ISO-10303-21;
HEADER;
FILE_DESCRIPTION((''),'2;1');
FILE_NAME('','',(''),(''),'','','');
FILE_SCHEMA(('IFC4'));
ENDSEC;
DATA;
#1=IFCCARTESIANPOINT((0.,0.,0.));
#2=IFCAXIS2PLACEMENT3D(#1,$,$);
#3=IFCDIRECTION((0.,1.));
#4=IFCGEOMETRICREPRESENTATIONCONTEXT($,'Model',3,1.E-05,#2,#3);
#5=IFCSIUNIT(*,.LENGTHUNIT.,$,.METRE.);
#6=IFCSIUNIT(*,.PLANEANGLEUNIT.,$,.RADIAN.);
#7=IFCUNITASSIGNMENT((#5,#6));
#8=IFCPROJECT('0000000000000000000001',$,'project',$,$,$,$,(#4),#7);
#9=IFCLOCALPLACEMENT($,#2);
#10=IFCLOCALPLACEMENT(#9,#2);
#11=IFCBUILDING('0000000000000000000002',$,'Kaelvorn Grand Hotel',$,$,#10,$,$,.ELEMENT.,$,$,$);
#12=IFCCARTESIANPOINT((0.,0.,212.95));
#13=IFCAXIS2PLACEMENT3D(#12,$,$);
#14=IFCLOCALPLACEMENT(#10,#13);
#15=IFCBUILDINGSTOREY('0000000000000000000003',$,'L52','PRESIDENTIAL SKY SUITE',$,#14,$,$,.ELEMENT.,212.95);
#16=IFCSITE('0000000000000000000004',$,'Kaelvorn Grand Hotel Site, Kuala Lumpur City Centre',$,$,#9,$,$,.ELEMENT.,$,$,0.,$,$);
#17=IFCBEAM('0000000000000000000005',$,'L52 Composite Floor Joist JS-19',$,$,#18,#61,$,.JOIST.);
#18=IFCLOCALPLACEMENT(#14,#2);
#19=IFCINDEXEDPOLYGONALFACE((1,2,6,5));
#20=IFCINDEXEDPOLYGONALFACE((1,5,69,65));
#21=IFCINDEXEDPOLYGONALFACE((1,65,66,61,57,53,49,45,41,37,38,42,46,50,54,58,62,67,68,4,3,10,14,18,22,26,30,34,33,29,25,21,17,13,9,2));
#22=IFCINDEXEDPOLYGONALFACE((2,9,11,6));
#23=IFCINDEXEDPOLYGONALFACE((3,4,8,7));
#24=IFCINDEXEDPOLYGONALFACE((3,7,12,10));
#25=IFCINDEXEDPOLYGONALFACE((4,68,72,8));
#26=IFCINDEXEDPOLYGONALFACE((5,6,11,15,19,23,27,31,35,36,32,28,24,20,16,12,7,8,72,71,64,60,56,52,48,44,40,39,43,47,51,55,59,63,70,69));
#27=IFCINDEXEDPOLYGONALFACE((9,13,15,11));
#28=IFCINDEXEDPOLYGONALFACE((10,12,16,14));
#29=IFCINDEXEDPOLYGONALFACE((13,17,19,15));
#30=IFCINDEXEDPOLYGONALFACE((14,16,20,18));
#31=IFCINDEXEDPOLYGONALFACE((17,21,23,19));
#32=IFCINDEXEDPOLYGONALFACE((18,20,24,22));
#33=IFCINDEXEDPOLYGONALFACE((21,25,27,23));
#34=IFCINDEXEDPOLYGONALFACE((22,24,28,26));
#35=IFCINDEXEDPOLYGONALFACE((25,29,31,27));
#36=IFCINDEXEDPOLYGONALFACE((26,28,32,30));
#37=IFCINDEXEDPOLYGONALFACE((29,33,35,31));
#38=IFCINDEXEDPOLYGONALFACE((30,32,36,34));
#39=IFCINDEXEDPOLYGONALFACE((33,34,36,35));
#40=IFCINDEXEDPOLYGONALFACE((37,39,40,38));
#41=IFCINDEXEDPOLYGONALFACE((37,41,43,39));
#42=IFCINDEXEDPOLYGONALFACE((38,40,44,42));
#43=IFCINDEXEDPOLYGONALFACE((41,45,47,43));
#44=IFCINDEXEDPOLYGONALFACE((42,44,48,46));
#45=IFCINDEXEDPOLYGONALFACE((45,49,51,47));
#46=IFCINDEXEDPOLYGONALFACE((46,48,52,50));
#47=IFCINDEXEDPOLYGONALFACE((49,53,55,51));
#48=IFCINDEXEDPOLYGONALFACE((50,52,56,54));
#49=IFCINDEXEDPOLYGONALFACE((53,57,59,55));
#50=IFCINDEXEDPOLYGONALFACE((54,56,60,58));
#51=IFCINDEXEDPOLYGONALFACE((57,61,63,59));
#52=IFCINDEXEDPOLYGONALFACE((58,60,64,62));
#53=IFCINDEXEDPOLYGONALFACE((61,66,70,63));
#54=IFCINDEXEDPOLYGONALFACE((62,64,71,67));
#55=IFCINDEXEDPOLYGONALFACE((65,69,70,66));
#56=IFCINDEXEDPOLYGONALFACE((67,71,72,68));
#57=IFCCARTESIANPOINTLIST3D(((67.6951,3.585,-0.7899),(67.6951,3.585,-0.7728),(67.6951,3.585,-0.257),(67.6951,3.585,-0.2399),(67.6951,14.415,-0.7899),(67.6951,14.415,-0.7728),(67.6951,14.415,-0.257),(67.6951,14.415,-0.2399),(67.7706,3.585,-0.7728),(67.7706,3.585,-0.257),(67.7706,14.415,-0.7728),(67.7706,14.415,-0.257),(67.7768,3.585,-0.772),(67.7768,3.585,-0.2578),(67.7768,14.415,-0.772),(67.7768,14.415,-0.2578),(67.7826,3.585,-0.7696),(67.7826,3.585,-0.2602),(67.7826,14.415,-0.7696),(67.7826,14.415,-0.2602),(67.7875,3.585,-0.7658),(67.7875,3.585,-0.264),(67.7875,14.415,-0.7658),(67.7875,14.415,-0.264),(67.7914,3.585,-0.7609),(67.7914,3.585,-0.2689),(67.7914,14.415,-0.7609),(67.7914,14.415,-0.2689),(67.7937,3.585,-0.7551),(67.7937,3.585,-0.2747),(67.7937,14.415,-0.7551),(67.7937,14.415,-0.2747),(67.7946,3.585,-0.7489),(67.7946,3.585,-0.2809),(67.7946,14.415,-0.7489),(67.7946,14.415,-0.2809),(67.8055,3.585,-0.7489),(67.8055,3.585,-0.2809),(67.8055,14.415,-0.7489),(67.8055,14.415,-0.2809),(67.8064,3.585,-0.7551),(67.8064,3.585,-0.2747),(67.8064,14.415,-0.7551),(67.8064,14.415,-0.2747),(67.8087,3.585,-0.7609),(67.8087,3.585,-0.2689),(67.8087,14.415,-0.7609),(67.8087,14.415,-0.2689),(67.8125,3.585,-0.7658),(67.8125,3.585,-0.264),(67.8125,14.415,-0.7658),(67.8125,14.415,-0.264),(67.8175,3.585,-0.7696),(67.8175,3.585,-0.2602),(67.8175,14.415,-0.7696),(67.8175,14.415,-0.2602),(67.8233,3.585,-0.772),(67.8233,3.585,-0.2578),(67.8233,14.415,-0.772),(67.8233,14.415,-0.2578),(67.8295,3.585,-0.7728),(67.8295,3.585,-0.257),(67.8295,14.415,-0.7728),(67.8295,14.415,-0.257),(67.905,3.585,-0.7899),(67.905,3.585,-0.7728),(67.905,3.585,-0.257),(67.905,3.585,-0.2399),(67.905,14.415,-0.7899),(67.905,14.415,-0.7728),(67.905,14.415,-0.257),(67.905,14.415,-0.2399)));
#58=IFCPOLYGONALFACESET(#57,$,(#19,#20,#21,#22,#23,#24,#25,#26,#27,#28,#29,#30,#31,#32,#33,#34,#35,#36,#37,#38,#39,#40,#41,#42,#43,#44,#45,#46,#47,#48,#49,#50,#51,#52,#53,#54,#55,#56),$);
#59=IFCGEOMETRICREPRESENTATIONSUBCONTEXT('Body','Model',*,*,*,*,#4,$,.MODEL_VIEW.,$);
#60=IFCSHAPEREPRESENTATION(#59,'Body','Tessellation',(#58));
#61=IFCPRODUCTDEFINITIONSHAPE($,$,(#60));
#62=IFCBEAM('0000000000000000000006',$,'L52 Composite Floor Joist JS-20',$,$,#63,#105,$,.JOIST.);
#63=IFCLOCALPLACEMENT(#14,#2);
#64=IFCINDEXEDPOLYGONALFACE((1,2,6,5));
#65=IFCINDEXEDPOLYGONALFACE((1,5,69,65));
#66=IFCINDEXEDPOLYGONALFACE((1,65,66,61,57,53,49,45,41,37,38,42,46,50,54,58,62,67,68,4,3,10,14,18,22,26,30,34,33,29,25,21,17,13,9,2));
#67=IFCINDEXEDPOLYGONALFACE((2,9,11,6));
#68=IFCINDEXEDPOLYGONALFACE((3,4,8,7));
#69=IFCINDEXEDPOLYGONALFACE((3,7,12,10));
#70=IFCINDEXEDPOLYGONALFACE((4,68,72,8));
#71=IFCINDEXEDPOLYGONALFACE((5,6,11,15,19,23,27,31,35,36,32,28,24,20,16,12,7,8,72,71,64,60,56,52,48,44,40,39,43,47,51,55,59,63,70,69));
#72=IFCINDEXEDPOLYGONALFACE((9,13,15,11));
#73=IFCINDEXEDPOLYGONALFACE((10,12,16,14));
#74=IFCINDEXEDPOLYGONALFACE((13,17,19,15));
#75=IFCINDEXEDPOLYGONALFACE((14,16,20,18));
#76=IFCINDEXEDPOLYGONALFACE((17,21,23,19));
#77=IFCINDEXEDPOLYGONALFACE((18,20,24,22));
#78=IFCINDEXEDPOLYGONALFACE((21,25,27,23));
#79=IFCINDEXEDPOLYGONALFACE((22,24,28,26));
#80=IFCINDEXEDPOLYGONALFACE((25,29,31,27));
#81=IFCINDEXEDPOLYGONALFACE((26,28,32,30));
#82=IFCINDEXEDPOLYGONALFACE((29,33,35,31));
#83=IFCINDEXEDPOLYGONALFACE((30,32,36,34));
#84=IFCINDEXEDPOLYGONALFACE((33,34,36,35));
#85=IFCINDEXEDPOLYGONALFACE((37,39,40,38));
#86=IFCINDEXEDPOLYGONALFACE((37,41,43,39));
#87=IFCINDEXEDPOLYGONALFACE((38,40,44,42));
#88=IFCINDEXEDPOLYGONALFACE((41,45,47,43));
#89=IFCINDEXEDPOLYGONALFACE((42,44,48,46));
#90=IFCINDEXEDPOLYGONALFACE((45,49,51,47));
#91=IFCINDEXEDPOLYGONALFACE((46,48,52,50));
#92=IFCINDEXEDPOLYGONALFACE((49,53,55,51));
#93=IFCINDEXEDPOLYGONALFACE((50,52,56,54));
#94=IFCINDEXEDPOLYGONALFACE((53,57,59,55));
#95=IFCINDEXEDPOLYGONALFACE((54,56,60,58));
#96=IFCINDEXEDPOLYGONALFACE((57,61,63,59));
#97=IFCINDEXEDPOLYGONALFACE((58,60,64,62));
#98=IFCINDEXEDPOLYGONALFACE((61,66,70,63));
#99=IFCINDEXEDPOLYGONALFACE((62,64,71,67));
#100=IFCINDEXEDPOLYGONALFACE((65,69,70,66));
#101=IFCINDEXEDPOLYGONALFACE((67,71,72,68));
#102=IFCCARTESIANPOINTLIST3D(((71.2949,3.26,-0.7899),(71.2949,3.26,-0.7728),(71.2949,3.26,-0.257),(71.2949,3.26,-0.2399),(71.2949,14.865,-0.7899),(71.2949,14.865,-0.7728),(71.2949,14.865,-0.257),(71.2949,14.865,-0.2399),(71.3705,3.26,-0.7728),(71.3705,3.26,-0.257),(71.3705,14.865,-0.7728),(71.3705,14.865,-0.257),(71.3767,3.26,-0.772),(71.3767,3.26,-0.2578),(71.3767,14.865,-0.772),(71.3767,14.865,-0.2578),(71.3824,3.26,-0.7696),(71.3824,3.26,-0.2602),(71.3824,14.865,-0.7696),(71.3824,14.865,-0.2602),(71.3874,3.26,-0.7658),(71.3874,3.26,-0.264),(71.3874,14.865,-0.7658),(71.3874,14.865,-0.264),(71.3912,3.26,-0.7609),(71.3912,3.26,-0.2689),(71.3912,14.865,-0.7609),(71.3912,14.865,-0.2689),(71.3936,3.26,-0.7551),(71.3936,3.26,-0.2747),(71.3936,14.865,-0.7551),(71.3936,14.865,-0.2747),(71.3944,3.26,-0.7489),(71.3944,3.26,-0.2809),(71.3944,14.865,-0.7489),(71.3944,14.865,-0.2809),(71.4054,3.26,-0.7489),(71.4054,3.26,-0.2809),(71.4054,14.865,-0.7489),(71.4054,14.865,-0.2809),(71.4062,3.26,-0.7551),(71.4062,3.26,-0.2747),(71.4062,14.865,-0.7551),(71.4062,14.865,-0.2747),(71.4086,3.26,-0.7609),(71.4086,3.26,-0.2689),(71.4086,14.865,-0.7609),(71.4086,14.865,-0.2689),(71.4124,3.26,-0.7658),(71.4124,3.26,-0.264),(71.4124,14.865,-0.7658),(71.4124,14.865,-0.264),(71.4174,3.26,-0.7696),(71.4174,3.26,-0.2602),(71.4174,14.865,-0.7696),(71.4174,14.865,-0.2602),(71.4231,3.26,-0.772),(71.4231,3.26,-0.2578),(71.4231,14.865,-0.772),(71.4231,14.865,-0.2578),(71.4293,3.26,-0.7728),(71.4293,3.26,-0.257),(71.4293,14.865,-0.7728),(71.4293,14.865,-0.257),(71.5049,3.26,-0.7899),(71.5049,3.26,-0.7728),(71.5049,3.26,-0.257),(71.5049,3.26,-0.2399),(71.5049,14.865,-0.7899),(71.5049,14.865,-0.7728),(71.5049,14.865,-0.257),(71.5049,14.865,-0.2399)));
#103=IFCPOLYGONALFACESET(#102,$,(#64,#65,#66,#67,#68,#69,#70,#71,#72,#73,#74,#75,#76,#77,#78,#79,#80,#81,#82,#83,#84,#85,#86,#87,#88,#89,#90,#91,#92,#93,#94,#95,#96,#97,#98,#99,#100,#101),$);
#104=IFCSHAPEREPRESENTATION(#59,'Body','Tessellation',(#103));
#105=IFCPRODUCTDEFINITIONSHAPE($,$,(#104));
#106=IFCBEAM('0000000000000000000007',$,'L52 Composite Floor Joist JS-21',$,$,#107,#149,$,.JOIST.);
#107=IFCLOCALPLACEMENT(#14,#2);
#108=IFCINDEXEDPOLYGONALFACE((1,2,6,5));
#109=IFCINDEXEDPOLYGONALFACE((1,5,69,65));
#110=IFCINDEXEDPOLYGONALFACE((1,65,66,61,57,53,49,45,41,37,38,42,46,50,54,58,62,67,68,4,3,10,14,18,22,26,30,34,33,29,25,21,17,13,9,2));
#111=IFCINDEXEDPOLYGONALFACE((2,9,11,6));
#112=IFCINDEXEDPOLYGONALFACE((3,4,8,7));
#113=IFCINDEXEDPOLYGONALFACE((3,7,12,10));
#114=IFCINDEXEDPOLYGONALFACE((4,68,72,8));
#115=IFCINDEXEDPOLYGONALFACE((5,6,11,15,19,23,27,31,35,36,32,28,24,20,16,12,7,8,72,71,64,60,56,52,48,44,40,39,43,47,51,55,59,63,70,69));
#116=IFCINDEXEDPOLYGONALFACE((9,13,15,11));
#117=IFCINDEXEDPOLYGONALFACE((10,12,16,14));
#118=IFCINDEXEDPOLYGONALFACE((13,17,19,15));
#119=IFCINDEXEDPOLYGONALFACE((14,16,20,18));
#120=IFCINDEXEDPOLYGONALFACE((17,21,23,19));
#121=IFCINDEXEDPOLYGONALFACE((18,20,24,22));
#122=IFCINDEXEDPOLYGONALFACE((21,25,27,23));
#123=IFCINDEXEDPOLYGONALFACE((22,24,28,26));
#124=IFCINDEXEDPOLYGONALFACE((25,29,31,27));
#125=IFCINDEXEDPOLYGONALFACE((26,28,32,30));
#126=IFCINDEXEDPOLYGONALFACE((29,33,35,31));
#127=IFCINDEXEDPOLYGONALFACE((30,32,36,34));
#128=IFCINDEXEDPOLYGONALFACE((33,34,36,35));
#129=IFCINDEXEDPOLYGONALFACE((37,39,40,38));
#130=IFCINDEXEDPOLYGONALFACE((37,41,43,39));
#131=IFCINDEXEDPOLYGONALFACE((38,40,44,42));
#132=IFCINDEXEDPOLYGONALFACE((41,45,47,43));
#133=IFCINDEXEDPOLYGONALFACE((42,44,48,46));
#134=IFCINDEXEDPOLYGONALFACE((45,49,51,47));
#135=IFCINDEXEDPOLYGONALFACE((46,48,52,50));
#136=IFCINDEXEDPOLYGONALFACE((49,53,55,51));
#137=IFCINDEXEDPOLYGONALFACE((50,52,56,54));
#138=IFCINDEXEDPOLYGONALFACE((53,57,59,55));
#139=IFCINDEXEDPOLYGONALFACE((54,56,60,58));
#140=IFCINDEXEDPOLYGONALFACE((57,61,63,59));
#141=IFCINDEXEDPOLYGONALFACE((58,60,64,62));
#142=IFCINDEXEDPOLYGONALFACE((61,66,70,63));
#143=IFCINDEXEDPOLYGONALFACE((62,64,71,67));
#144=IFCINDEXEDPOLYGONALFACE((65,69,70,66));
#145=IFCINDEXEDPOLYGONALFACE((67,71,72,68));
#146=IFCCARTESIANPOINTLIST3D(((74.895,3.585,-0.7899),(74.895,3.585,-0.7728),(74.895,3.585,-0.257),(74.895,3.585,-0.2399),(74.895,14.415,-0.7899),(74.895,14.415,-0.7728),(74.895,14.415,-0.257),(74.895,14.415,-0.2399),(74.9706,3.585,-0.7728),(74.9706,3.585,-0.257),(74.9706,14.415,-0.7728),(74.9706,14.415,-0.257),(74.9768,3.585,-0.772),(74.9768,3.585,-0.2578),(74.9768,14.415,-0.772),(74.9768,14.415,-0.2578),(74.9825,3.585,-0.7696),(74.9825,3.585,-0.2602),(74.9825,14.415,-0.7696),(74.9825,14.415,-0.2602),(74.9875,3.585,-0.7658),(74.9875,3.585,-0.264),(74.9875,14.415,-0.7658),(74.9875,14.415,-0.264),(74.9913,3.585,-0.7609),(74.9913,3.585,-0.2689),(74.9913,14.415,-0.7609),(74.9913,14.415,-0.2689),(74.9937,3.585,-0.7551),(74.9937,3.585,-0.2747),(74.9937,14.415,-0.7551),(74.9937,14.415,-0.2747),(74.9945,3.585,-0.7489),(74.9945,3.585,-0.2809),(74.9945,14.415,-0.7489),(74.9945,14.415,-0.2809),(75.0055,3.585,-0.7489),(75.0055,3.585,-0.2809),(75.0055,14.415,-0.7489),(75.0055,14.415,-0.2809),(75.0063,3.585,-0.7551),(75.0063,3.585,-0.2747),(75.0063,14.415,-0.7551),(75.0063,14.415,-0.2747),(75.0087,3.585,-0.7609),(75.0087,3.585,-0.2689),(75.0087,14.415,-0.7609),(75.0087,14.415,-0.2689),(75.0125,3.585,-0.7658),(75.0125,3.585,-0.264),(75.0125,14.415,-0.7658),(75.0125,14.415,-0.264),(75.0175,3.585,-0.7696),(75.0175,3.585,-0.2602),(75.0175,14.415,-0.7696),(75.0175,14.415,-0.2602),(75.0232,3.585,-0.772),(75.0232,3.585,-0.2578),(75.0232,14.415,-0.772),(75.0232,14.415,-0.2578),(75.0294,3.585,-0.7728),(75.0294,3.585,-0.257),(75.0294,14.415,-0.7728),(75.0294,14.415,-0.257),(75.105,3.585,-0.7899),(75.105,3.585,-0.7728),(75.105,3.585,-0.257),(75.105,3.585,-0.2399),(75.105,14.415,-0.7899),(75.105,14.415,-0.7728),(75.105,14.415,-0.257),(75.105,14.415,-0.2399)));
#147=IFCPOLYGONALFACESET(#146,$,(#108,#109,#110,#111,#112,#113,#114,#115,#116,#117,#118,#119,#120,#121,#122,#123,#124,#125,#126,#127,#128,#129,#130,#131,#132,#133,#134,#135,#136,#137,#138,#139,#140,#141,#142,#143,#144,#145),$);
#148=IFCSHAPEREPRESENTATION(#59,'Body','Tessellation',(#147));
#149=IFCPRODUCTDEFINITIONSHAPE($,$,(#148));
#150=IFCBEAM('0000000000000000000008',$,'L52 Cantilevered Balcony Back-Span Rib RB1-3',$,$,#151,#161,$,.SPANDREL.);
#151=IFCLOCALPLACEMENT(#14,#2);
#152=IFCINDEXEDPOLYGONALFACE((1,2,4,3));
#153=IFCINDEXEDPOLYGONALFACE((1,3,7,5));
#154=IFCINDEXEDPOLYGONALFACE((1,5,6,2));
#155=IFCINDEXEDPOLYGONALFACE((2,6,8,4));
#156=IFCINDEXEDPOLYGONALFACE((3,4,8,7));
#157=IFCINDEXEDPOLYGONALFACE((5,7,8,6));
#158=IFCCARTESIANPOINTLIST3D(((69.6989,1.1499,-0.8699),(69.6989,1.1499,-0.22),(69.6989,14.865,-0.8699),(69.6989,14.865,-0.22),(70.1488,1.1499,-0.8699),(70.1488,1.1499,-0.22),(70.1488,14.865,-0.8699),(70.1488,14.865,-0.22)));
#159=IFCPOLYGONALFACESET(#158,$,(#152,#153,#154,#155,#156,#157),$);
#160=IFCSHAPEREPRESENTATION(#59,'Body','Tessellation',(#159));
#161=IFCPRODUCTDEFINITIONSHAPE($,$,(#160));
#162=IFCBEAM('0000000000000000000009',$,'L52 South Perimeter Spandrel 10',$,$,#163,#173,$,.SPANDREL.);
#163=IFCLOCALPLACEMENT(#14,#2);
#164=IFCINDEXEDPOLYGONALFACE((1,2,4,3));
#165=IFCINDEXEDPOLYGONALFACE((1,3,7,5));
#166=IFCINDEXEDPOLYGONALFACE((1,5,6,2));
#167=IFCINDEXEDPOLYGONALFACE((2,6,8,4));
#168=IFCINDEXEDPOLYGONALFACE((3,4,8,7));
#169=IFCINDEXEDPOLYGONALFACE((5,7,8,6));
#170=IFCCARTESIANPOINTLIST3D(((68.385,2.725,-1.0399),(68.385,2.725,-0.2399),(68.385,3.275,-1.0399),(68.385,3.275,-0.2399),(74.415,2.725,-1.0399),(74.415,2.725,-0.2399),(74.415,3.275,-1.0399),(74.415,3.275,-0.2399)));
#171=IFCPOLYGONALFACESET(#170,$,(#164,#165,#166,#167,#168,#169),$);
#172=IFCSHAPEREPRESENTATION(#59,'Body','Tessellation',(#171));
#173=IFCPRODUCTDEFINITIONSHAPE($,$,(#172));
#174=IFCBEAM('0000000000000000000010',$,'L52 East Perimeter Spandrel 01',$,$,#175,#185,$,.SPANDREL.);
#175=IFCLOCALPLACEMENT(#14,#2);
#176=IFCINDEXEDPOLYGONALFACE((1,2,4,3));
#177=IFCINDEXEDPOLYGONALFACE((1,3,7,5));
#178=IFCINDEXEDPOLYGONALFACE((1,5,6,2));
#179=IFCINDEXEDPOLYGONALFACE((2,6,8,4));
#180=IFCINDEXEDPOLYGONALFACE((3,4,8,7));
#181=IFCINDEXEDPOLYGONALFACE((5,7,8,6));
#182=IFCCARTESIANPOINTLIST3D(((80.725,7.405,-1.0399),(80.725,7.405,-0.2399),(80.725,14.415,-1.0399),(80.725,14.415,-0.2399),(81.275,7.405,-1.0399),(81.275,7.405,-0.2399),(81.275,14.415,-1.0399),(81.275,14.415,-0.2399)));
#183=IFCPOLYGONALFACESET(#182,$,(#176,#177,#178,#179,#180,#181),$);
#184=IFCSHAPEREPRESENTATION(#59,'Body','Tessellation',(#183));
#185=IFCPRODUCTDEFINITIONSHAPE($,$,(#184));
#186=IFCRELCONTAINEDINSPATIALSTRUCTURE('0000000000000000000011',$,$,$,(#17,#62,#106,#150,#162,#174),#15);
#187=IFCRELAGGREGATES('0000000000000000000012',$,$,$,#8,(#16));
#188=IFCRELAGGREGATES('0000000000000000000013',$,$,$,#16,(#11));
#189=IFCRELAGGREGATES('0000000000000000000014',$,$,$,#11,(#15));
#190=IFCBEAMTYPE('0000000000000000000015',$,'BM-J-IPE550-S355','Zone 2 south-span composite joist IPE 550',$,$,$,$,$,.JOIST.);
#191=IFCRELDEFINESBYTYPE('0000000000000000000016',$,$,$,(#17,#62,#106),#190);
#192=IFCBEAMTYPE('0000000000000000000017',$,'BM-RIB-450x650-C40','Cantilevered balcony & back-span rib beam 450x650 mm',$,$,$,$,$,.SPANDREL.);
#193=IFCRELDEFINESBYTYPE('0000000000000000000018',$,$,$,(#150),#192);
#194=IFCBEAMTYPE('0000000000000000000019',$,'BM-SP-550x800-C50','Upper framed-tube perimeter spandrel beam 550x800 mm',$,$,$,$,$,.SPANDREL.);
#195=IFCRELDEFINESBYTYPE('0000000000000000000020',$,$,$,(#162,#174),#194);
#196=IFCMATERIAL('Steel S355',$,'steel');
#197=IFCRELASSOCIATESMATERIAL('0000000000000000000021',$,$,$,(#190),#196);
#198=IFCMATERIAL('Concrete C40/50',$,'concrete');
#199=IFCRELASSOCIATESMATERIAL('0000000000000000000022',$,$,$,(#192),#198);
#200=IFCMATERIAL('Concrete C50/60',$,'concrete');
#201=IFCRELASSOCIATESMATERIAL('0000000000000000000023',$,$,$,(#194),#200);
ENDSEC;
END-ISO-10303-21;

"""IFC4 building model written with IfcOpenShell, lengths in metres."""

from ifc_helpers import new_model, si_unit, direction, frame, origin, origin_2d, place, context, subcontext, project, spatial, rectangle, i_section, extrude, material, material_profile, profile_set, type_object, element, save


model = new_model("IFC4")

# Units and contexts
model_context = context("Model", 3, precision=1e-05, world=origin(), true_north=direction((0.0, 1.0)))
body_context = subcontext(model_context, "Body", "Model", "MODEL_VIEW")
ifc_project = project(units=[si_unit("LENGTHUNIT", "METRE"), si_unit("PLANEANGLEUNIT", "RADIAN")], contexts=[model_context])

# Site, building, storey
site_placement = place(None, origin())
site = spatial("IfcSite", under=ifc_project, at=site_placement, Name="Kaelvorn Grand Hotel Site, Kuala Lumpur City Centre", CompositionType="ELEMENT", RefElevation=0.0)
building_placement = place(site_placement, origin())
building = spatial("IfcBuilding", under=site, at=building_placement, Name="Kaelvorn Grand Hotel", CompositionType="ELEMENT")
storey_placement = place(building_placement, frame((0.0, 0.0, 212.95)))
storey = spatial("IfcBuildingStorey", under=building, at=storey_placement, Name="L52", Description="PRESIDENTIAL SKY SUITE", CompositionType="ELEMENT", Elevation=212.95)

# Beams
ifc_material_1 = material(Name="Steel S355", Category="steel")
ifc_material_profile_1 = material_profile(ifc_material_1, i_section(OverallWidth=0.21, OverallDepth=0.55, WebThickness=0.011, FlangeThickness=0.0171, FilletRadius=0.0239, at=origin_2d()), Name="IPE 550")
ifc_profile_set_1 = profile_set([ifc_material_profile_1], Name="Steel S355")
beam_type_1 = type_object("IfcBeamType", Name="BM-J-IPE550-S355", Description="Zone 2 south-span composite joist IPE 550", PredefinedType="JOIST", material=ifc_profile_set_1)
beam_1_placement = place(storey_placement, frame((67.8, 3.585, -0.5149), z_axis=(0.0, 1.0, 0.0), x_axis=(-1.0, 0.0, 0.0)))
element("IfcBeam", 1, at=beam_1_placement, inside=storey, type_object=beam_type_1, Name="L52 Composite Floor Joist JS-19", PredefinedType="JOIST", context=body_context, shape_type="SweptSolid", body=[
    extrude(i_section(OverallWidth=0.21, OverallDepth=0.55, WebThickness=0.011, FlangeThickness=0.0171, FilletRadius=0.0239, at=origin_2d()), origin(), (0.0, 0.0, 1.0), 10.8301),
])
beam_2_placement = place(storey_placement, frame((71.3999, 3.26, -0.5149), z_axis=(0.0, 1.0, 0.0), x_axis=(-1.0, 0.0, 0.0)))
element("IfcBeam", 2, at=beam_2_placement, inside=storey, type_object=beam_type_1, Name="L52 Composite Floor Joist JS-20", PredefinedType="JOIST", context=body_context, shape_type="SweptSolid", body=[
    extrude(i_section(OverallWidth=0.21, OverallDepth=0.55, WebThickness=0.011, FlangeThickness=0.0171, FilletRadius=0.0239, at=origin_2d()), origin(), (0.0, 0.0, 1.0), 11.605),
])
beam_3_placement = place(storey_placement, frame((75.0, 3.585, -0.5149), z_axis=(0.0, 1.0, 0.0), x_axis=(-1.0, 0.0, 0.0)))
element("IfcBeam", 3, at=beam_3_placement, inside=storey, type_object=beam_type_1, Name="L52 Composite Floor Joist JS-21", PredefinedType="JOIST", context=body_context, shape_type="SweptSolid", body=[
    extrude(i_section(OverallWidth=0.21, OverallDepth=0.55, WebThickness=0.011, FlangeThickness=0.0171, FilletRadius=0.0239, at=origin_2d()), origin(), (0.0, 0.0, 1.0), 10.8301),
])
ifc_material_2 = material(Name="Concrete C40/50", Category="concrete")
ifc_material_profile_2 = material_profile(ifc_material_2, rectangle(XDim=0.45, YDim=0.6499, at=origin_2d()), Name="RC RIB 450x650")
ifc_profile_set_2 = profile_set([ifc_material_profile_2], Name="Concrete C40/50")
beam_type_2 = type_object("IfcBeamType", Name="BM-RIB-450x650-C40", Description="Cantilevered balcony & back-span rib beam 450x650 mm", PredefinedType="SPANDREL", material=ifc_profile_set_2)
beam_4_placement = place(storey_placement, frame((69.9238, 1.1499, -0.5449), z_axis=(0.0, 1.0, 0.0), x_axis=(-1.0, 0.0, 0.0)))
element("IfcBeam", 4, at=beam_4_placement, inside=storey, type_object=beam_type_2, Name="L52 Cantilevered Balcony Back-Span Rib RB1-3", PredefinedType="SPANDREL", context=body_context, shape_type="SweptSolid", body=[
    extrude(rectangle(XDim=0.45, YDim=0.6499, at=origin_2d()), origin(), (0.0, 0.0, 1.0), 13.7151),
])
ifc_material_3 = material(Name="Concrete C50/60", Category="concrete")
ifc_material_profile_3 = material_profile(ifc_material_3, rectangle(XDim=0.55, YDim=0.8, at=origin_2d()), Name="RC SPANDREL 550x800")
ifc_profile_set_3 = profile_set([ifc_material_profile_3], Name="Concrete C50/60")
beam_type_3 = type_object("IfcBeamType", Name="BM-SP-550x800-C50", Description="Upper framed-tube perimeter spandrel beam 550x800 mm", PredefinedType="SPANDREL", material=ifc_profile_set_3)
beam_5_placement = place(storey_placement, frame((68.385, 3.0, -0.6399), z_axis=(1.0, 0.0, 0.0), x_axis=(0.0, 1.0, 0.0)))
element("IfcBeam", 5, at=beam_5_placement, inside=storey, type_object=beam_type_3, Name="L52 South Perimeter Spandrel 10", PredefinedType="SPANDREL", context=body_context, shape_type="SweptSolid", body=[
    extrude(rectangle(XDim=0.55, YDim=0.8, at=origin_2d()), origin(), (0.0, 0.0, 1.0), 6.03),
])
beam_6_placement = place(storey_placement, frame((81.0, 7.405, -0.6399), z_axis=(0.0, 1.0, 0.0), x_axis=(-1.0, 0.0, 0.0)))
element("IfcBeam", 6, at=beam_6_placement, inside=storey, type_object=beam_type_3, Name="L52 East Perimeter Spandrel 01", PredefinedType="SPANDREL", context=body_context, shape_type="SweptSolid", body=[
    extrude(rectangle(XDim=0.55, YDim=0.8, at=origin_2d()), origin(), (0.0, 0.0, 1.0), 7.01),
])

save(model, "model.ifc")
